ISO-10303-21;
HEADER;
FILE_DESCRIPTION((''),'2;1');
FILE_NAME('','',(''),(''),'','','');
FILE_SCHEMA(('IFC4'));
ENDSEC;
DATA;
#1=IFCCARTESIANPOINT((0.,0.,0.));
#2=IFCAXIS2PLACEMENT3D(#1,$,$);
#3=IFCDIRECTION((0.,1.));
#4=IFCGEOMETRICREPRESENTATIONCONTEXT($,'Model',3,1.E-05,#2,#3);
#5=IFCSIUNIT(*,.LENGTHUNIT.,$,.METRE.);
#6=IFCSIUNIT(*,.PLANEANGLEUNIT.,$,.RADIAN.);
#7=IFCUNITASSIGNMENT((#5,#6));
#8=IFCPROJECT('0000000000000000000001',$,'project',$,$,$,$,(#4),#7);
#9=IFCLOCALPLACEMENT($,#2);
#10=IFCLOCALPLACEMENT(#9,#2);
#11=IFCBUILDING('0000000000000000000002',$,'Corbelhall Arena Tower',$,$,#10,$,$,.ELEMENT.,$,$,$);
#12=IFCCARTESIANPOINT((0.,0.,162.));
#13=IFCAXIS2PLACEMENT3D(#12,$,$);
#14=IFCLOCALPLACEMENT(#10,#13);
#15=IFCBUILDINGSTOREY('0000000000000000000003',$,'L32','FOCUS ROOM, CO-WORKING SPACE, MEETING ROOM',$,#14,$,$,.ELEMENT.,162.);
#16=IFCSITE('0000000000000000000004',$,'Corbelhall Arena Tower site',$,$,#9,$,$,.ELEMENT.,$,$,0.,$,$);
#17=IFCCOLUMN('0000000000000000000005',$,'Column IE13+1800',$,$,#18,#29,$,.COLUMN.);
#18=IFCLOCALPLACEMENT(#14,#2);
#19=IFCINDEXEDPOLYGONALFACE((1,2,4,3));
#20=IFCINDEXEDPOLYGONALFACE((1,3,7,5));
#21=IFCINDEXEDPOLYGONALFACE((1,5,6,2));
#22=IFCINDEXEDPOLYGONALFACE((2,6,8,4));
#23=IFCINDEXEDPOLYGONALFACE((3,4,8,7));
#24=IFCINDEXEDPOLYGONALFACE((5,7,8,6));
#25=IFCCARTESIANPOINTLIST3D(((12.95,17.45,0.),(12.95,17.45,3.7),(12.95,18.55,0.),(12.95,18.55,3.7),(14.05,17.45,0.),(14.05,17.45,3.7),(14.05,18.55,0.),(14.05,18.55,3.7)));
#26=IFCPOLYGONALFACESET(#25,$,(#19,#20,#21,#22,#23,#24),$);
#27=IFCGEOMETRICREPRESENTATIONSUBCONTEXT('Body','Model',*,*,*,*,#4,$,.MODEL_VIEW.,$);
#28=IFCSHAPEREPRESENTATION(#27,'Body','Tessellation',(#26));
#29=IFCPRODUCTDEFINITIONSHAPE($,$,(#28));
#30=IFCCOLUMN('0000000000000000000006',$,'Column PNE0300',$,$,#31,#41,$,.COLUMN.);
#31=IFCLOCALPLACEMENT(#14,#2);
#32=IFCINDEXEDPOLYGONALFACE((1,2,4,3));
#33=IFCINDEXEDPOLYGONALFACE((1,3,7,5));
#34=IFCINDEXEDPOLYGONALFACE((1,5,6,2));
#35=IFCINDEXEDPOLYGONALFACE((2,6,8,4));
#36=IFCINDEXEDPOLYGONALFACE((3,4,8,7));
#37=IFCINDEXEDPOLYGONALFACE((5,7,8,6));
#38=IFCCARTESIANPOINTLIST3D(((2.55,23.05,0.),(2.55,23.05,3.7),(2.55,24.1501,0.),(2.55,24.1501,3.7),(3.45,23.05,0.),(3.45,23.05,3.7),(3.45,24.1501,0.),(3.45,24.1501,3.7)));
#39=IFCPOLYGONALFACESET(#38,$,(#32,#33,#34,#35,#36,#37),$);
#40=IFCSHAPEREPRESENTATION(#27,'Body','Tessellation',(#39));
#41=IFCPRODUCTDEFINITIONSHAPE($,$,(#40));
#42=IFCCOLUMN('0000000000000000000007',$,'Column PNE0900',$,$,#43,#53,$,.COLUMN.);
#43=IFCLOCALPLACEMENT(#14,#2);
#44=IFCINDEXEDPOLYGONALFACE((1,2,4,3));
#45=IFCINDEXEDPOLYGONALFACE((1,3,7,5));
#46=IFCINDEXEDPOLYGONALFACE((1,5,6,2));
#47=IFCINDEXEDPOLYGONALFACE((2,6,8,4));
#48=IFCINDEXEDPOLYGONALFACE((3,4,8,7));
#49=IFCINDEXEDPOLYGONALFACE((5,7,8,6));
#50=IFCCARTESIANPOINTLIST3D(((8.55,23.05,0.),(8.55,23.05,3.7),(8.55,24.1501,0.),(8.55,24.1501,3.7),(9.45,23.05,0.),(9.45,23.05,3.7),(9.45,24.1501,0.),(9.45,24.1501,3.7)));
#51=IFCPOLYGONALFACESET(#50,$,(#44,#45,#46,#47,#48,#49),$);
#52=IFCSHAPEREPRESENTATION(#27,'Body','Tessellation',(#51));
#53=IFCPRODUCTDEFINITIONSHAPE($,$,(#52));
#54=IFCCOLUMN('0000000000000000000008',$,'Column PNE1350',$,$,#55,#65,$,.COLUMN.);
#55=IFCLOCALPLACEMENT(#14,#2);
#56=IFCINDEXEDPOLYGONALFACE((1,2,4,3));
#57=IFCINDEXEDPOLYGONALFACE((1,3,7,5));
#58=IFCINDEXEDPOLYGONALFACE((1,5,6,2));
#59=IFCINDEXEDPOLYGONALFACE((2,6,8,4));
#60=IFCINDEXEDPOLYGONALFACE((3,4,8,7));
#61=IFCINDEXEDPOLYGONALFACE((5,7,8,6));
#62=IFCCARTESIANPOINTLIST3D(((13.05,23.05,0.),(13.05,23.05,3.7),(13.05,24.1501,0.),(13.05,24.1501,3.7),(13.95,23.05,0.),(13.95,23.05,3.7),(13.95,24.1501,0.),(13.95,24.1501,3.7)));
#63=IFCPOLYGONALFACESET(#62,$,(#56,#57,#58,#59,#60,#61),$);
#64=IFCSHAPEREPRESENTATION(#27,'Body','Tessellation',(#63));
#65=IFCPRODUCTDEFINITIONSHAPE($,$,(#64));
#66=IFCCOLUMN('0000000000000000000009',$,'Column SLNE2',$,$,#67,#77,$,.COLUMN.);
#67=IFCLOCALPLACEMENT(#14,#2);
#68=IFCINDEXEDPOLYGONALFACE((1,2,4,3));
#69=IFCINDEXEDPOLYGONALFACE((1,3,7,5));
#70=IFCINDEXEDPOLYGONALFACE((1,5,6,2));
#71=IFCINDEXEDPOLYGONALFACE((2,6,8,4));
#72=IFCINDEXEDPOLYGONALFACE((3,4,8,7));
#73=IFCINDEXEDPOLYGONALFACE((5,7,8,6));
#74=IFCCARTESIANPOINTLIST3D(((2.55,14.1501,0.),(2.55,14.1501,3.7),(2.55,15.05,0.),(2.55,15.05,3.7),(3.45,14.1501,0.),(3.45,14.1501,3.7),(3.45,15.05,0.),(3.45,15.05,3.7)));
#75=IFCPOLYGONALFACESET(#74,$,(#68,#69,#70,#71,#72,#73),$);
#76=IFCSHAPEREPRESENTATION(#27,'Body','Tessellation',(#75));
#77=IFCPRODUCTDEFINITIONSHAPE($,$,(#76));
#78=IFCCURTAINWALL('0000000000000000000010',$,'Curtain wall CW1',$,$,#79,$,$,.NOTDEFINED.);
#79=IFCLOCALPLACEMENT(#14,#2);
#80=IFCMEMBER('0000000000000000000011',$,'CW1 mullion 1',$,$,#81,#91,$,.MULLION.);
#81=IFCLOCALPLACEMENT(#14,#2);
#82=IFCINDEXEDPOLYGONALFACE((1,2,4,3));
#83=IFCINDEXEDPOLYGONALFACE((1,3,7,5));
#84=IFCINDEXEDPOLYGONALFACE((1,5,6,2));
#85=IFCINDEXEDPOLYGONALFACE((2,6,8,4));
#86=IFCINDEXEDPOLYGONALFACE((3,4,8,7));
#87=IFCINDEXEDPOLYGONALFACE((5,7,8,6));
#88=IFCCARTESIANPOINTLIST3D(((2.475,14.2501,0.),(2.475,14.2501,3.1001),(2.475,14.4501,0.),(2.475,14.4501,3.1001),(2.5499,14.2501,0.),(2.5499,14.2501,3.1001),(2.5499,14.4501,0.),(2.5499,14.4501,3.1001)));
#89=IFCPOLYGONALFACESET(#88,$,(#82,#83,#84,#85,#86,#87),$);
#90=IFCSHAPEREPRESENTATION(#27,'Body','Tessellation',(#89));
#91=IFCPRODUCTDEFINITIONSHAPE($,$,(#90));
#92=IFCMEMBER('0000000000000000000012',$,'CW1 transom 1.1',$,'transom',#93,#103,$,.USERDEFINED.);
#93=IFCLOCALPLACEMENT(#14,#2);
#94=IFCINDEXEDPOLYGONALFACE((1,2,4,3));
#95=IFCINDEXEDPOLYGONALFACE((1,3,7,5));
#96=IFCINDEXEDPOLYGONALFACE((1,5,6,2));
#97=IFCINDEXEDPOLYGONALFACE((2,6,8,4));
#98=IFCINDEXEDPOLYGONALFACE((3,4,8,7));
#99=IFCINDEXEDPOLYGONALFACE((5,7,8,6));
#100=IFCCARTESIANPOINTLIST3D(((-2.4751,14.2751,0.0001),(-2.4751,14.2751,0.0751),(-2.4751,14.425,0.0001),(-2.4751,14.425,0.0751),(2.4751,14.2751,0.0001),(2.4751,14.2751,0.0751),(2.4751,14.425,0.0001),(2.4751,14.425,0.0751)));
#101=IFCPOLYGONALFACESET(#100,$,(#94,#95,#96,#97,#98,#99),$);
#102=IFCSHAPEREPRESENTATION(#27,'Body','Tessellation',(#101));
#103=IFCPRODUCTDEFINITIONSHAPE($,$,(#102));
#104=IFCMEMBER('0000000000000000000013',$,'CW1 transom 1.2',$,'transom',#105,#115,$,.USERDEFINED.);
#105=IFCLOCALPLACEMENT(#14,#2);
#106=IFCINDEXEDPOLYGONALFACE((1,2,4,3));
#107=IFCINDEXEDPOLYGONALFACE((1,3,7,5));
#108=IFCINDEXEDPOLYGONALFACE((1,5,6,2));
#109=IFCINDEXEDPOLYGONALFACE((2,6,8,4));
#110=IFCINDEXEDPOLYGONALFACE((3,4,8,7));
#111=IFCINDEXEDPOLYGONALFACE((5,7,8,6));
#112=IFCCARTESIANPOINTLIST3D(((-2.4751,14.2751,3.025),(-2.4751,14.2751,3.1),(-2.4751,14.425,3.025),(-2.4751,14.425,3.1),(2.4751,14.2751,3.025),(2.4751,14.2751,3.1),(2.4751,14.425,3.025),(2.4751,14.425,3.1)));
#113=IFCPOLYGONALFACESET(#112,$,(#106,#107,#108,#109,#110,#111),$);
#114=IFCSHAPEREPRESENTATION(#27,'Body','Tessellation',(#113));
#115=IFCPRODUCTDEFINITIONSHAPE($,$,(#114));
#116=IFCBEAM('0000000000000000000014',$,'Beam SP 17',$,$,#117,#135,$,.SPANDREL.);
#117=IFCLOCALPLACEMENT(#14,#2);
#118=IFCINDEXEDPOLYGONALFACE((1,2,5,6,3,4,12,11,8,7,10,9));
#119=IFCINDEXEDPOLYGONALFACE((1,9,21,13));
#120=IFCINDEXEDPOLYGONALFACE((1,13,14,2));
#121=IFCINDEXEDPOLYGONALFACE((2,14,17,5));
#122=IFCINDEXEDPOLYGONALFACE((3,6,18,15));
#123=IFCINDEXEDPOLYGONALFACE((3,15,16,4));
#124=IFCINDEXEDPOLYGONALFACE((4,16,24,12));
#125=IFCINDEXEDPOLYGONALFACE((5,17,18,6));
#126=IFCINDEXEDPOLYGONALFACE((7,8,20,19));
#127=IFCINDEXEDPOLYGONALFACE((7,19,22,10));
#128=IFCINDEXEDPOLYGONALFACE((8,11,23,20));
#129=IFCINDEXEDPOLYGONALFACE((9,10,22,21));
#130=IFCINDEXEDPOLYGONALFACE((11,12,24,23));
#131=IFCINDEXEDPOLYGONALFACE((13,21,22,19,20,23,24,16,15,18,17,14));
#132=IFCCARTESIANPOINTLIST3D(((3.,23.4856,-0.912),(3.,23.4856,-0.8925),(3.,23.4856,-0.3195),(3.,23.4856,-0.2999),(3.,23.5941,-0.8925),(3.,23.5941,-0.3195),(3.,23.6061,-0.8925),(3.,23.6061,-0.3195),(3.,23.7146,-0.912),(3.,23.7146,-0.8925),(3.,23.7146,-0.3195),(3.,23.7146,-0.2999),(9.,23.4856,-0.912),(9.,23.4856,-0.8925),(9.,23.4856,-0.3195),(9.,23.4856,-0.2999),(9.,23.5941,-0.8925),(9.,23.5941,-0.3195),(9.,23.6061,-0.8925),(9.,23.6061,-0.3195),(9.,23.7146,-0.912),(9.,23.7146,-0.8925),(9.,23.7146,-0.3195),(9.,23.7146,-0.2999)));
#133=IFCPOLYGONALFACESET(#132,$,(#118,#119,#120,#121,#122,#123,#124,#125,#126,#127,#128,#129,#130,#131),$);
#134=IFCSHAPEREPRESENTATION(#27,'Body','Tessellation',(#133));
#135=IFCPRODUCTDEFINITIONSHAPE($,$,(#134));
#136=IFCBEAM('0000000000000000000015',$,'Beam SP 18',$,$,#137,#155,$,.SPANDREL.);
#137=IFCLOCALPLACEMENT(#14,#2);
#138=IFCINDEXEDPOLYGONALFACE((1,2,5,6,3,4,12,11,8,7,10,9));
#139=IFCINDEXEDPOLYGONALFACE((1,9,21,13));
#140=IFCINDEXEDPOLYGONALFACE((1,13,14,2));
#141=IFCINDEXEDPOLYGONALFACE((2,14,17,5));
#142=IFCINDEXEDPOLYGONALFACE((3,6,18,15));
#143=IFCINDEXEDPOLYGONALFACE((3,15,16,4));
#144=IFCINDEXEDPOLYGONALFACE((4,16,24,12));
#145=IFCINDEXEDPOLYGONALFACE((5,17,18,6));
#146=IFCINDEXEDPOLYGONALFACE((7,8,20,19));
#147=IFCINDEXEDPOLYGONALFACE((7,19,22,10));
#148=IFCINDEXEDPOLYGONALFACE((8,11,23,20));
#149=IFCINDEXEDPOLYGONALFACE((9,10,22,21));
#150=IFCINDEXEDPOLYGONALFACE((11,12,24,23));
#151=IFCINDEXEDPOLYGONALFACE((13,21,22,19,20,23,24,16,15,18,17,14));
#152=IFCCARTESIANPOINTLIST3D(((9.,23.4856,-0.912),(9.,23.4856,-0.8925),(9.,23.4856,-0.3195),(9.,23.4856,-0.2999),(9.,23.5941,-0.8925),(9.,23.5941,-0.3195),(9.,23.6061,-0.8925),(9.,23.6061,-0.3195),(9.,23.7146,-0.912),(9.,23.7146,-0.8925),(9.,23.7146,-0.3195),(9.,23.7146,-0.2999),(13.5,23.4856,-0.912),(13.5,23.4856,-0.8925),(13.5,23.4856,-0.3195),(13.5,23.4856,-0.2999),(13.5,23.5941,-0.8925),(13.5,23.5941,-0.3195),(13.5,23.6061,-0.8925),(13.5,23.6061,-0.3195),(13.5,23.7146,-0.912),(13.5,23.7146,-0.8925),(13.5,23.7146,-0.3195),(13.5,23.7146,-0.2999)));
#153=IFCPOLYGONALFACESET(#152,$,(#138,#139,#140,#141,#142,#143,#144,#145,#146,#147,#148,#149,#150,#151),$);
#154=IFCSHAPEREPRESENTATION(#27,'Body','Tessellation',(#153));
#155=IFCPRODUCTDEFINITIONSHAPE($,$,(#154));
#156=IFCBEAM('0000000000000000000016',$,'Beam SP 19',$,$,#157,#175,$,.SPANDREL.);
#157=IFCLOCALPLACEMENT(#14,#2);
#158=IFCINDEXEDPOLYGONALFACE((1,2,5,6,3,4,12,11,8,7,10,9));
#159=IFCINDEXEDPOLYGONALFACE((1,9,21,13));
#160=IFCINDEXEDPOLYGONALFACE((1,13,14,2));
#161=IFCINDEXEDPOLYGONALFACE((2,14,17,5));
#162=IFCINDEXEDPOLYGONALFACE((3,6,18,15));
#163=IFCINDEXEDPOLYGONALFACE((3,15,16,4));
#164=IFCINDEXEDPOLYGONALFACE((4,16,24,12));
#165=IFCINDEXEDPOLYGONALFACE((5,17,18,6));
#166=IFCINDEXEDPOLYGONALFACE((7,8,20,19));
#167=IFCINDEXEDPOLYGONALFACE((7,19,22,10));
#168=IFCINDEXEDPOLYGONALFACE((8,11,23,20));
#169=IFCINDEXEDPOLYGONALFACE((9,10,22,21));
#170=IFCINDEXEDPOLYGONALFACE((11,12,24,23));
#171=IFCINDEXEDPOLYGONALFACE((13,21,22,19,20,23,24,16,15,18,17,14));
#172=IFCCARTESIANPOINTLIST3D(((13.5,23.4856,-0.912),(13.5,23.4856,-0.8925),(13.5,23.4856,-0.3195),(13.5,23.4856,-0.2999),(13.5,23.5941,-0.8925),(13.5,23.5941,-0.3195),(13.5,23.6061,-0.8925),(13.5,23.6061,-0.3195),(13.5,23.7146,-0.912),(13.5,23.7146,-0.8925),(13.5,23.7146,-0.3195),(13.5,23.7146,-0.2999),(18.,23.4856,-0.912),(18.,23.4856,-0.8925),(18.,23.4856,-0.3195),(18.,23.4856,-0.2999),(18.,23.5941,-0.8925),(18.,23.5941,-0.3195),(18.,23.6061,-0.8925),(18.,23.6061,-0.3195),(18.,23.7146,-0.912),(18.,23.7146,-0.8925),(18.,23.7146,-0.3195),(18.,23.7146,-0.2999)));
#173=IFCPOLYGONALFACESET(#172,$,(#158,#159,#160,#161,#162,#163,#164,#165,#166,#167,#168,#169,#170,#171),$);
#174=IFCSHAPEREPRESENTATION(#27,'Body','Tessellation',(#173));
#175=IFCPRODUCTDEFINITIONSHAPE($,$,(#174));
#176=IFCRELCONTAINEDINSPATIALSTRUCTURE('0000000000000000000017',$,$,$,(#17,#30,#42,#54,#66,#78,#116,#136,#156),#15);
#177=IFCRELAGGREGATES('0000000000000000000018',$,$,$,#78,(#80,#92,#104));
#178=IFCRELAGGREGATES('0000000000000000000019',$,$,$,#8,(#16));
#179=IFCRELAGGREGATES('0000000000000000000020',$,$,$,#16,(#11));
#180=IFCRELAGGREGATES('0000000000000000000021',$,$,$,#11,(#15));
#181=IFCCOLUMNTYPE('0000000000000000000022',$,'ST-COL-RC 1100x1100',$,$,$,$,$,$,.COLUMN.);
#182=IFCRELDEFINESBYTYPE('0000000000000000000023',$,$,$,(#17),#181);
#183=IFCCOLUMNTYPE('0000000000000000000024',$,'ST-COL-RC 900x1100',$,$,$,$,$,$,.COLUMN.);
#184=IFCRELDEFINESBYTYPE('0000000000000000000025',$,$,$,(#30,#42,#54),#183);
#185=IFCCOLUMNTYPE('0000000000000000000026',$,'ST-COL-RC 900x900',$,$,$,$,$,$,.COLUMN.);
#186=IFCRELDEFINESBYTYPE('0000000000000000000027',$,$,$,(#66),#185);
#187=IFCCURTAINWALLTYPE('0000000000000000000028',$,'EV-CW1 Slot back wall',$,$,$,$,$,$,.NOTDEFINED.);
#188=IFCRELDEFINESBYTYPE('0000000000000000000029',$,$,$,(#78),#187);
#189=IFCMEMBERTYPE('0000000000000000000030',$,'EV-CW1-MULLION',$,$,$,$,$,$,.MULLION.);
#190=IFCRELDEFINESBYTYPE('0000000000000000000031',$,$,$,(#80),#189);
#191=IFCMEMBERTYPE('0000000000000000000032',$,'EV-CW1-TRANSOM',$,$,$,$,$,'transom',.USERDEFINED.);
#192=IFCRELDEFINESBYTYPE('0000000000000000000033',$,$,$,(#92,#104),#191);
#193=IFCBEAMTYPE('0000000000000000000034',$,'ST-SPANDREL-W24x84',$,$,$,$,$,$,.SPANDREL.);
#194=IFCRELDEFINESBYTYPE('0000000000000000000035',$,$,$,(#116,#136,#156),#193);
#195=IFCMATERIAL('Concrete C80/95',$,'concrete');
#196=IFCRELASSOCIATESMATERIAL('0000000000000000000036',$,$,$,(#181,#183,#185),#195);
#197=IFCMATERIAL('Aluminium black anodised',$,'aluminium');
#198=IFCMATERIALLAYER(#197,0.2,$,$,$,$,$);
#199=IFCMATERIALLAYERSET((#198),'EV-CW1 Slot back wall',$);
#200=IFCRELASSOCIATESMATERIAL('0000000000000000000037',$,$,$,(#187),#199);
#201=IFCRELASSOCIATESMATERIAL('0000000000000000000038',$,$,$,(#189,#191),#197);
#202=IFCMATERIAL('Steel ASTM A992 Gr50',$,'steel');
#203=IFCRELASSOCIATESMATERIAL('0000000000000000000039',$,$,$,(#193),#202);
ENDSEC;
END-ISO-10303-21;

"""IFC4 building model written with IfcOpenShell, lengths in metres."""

from ifc_helpers import new_model, si_unit, direction, frame, origin, origin_2d, place, context, subcontext, project, spatial, rectangle, i_section, extrude, material, layer, layer_set, material_profile, profile_set, type_object, element, aggregate, save


model = new_model("IFC4")

# Units and contexts
model_context = context("Model", 3, precision=1e-05, world=origin(), true_north=direction((0.0, 1.0)))
body_context = subcontext(model_context, "Body", "Model", "MODEL_VIEW")
ifc_project = project(units=[si_unit("LENGTHUNIT", "METRE"), si_unit("PLANEANGLEUNIT", "RADIAN")], contexts=[model_context])

# Site, building, storey
site_placement = place(None, origin())
site = spatial("IfcSite", under=ifc_project, at=site_placement, Name="Corbelhall Arena Tower site", CompositionType="ELEMENT", RefElevation=0.0)
building_placement = place(site_placement, origin())
building = spatial("IfcBuilding", under=site, at=building_placement, Name="Corbelhall Arena Tower", CompositionType="ELEMENT")
storey_placement = place(building_placement, frame((0.0, 0.0, 162.0)))
storey = spatial("IfcBuildingStorey", under=building, at=storey_placement, Name="L32", Description="FOCUS ROOM, CO-WORKING SPACE, MEETING ROOM", CompositionType="ELEMENT", Elevation=162.0)

# Columns
ifc_material_1 = material(Name="Concrete C80/95", Category="concrete")
ifc_material_profile_1 = material_profile(ifc_material_1, rectangle(XDim=1.1001, YDim=1.1001, at=origin_2d()))
ifc_profile_set_1 = profile_set([ifc_material_profile_1], Name="Concrete C80/95")
column_type_1 = type_object("IfcColumnType", Name="ST-COL-RC 1100x1100", PredefinedType="COLUMN", material=ifc_profile_set_1)
column_1_placement = place(storey_placement, frame((13.5, 18.0, 0.0), z_axis=(0.0, 0.0, 1.0), x_axis=(1.0, 0.0, 0.0)))
element("IfcColumn", 1, at=column_1_placement, inside=storey, type_object=column_type_1, Name="Column IE13+1800", PredefinedType="COLUMN", context=body_context, shape_type="SweptSolid", body=[
    extrude(rectangle(XDim=1.1001, YDim=1.1001, at=origin_2d()), origin(), (0.0, 0.0, 1.0), 3.7),
])
ifc_material_profile_2 = material_profile(ifc_material_1, rectangle(XDim=0.8999, YDim=1.1001, at=origin_2d()))
ifc_profile_set_2 = profile_set([ifc_material_profile_2], Name="Concrete C80/95")
column_type_2 = type_object("IfcColumnType", Name="ST-COL-RC 900x1100", PredefinedType="COLUMN", material=ifc_profile_set_2)
for number, where, z_axis, x_axis, name in (
    (2, (3.0, 23.6001, 0.0), (0.0, 0.0, 1.0), (1.0, 0.0, 0.0), "Column PNE0300"),
    (3, (9.0, 23.6001, 0.0), (0.0, 0.0, 1.0), (1.0, 0.0, 0.0), "Column PNE0900"),
    (4, (13.5, 23.6001, 0.0), (0.0, 0.0, 1.0), (1.0, 0.0, 0.0), "Column PNE1350"),
):
    element("IfcColumn", number, at=place(storey_placement, frame(where, z_axis=z_axis, x_axis=x_axis)), inside=storey, type_object=column_type_2, Name=name, PredefinedType="COLUMN", context=body_context, shape_type="SweptSolid", body=[
        extrude(rectangle(XDim=0.8999, YDim=1.1001, at=origin_2d()), origin(), (0.0, 0.0, 1.0), 3.7),
    ])
ifc_material_profile_3 = material_profile(ifc_material_1, rectangle(XDim=0.8999, YDim=0.8999, at=origin_2d()))
ifc_profile_set_3 = profile_set([ifc_material_profile_3], Name="Concrete C80/95")
column_type_3 = type_object("IfcColumnType", Name="ST-COL-RC 900x900", PredefinedType="COLUMN", material=ifc_profile_set_3)
column_2_placement = place(storey_placement, frame((3.0, 14.6001, 0.0), z_axis=(0.0, 0.0, 1.0), x_axis=(1.0, 0.0, 0.0)))
element("IfcColumn", 5, at=column_2_placement, inside=storey, type_object=column_type_3, Name="Column SLNE2", PredefinedType="COLUMN", context=body_context, shape_type="SweptSolid", body=[
    extrude(rectangle(XDim=0.8999, YDim=0.8999, at=origin_2d()), origin(), (0.0, 0.0, 1.0), 3.7),
])

# Curtain wall, members
ifc_material_2 = material(Name="Aluminium black anodised", Category="aluminium")
ifc_layer_1 = layer(ifc_material_2, 0.2)
ifc_layer_set_1 = layer_set([ifc_layer_1], Name="EV-CW1 Slot back wall")
curtain_wall_type = type_object("IfcCurtainWallType", Name="EV-CW1 Slot back wall", PredefinedType="NOTDEFINED", material=ifc_layer_set_1)
curtain_wall_placement = place(storey_placement, origin())
curtain_wall = element("IfcCurtainWall", 6, at=curtain_wall_placement, inside=storey, type_object=curtain_wall_type, Name="Curtain wall CW1", PredefinedType="NOTDEFINED")
ifc_material_profile_4 = material_profile(ifc_material_2, rectangle(XDim=0.2, YDim=0.075, at=origin_2d()))
ifc_profile_set_4 = profile_set([ifc_material_profile_4], Name="Aluminium black anodised")
member_type_1 = type_object("IfcMemberType", Name="EV-CW1-MULLION", PredefinedType="MULLION", material=ifc_profile_set_4)
member_1_placement = place(storey_placement, frame((2.5125, 14.3501, 0.0), z_axis=(0.0, 0.0, 1.0), x_axis=(0.0, -1.0, 0.0)))
member_1 = element("IfcMember", 7, at=member_1_placement, type_object=member_type_1, Name="CW1 mullion 1", PredefinedType="MULLION", context=body_context, shape_type="SweptSolid", body=[
    extrude(rectangle(XDim=0.2, YDim=0.075, at=origin_2d()), origin(), (0.0, 0.0, 1.0), 3.1001),
])
ifc_material_profile_5 = material_profile(ifc_material_2, rectangle(XDim=0.1499, YDim=0.075, at=origin_2d()))
ifc_profile_set_5 = profile_set([ifc_material_profile_5], Name="Aluminium black anodised")
member_type_2 = type_object("IfcMemberType", Name="EV-CW1-TRANSOM", ElementType="transom", PredefinedType="USERDEFINED", material=ifc_profile_set_5)
member_2_placement = place(storey_placement, frame((2.4751, 14.3501, 0.0376), z_axis=(-1.0, 0.0, 0.0), x_axis=(0.0, -1.0, 0.0)))
member_2 = element("IfcMember", 8, at=member_2_placement, type_object=member_type_2, Name="CW1 transom 1.1", ObjectType="transom", PredefinedType="USERDEFINED", context=body_context, shape_type="SweptSolid", body=[
    extrude(rectangle(XDim=0.1499, YDim=0.075, at=origin_2d()), origin(), (0.0, 0.0, 1.0), 4.9502),
])
member_3_placement = place(storey_placement, frame((2.4751, 14.3501, 3.0625), z_axis=(-1.0, 0.0, 0.0), x_axis=(0.0, -1.0, 0.0)))
member_3 = element("IfcMember", 9, at=member_3_placement, type_object=member_type_2, Name="CW1 transom 1.2", ObjectType="transom", PredefinedType="USERDEFINED", context=body_context, shape_type="SweptSolid", body=[
    extrude(rectangle(XDim=0.1499, YDim=0.075, at=origin_2d()), origin(), (0.0, 0.0, 1.0), 4.9502),
])

# Beams
ifc_material_3 = material(Name="Steel ASTM A992 Gr50", Category="steel")
ifc_material_profile_6 = material_profile(ifc_material_3, i_section(OverallWidth=0.229, OverallDepth=0.6121, WebThickness=0.012, FlangeThickness=0.0195, at=origin_2d()))
ifc_profile_set_6 = profile_set([ifc_material_profile_6], Name="Steel ASTM A992 Gr50")
beam_type_1 = type_object("IfcBeamType", Name="ST-SPANDREL-W24x84", PredefinedType="SPANDREL", material=ifc_profile_set_6)
beam_1_placement = place(storey_placement, frame((3.0, 23.6001, -0.606), z_axis=(1.0, 0.0, 0.0), x_axis=(0.0, 1.0, 0.0)))
element("IfcBeam", 10, at=beam_1_placement, inside=storey, type_object=beam_type_1, Name="Beam SP 17", PredefinedType="SPANDREL", context=body_context, shape_type="SweptSolid", body=[
    extrude(i_section(OverallWidth=0.229, OverallDepth=0.6121, WebThickness=0.012, FlangeThickness=0.0195, at=origin_2d()), origin(), (0.0, 0.0, 1.0), 6.0),
])
for number, where, z_axis, x_axis, name in (
    (11, (9.0, 23.6001, -0.606), (1.0, 0.0, 0.0), (0.0, 1.0, 0.0), "Beam SP 18"),
    (12, (13.5, 23.6001, -0.606), (1.0, 0.0, 0.0), (0.0, 1.0, 0.0), "Beam SP 19"),
):
    element("IfcBeam", number, at=place(storey_placement, frame(where, z_axis=z_axis, x_axis=x_axis)), inside=storey, type_object=beam_type_1, Name=name, PredefinedType="SPANDREL", context=body_context, shape_type="SweptSolid", body=[
        extrude(i_section(OverallWidth=0.229, OverallDepth=0.6121, WebThickness=0.012, FlangeThickness=0.0195, at=origin_2d()), origin(), (0.0, 0.0, 1.0), 4.5),
    ])

aggregate(curtain_wall, [member_1, member_2, member_3])

save(model, "model.ifc")
